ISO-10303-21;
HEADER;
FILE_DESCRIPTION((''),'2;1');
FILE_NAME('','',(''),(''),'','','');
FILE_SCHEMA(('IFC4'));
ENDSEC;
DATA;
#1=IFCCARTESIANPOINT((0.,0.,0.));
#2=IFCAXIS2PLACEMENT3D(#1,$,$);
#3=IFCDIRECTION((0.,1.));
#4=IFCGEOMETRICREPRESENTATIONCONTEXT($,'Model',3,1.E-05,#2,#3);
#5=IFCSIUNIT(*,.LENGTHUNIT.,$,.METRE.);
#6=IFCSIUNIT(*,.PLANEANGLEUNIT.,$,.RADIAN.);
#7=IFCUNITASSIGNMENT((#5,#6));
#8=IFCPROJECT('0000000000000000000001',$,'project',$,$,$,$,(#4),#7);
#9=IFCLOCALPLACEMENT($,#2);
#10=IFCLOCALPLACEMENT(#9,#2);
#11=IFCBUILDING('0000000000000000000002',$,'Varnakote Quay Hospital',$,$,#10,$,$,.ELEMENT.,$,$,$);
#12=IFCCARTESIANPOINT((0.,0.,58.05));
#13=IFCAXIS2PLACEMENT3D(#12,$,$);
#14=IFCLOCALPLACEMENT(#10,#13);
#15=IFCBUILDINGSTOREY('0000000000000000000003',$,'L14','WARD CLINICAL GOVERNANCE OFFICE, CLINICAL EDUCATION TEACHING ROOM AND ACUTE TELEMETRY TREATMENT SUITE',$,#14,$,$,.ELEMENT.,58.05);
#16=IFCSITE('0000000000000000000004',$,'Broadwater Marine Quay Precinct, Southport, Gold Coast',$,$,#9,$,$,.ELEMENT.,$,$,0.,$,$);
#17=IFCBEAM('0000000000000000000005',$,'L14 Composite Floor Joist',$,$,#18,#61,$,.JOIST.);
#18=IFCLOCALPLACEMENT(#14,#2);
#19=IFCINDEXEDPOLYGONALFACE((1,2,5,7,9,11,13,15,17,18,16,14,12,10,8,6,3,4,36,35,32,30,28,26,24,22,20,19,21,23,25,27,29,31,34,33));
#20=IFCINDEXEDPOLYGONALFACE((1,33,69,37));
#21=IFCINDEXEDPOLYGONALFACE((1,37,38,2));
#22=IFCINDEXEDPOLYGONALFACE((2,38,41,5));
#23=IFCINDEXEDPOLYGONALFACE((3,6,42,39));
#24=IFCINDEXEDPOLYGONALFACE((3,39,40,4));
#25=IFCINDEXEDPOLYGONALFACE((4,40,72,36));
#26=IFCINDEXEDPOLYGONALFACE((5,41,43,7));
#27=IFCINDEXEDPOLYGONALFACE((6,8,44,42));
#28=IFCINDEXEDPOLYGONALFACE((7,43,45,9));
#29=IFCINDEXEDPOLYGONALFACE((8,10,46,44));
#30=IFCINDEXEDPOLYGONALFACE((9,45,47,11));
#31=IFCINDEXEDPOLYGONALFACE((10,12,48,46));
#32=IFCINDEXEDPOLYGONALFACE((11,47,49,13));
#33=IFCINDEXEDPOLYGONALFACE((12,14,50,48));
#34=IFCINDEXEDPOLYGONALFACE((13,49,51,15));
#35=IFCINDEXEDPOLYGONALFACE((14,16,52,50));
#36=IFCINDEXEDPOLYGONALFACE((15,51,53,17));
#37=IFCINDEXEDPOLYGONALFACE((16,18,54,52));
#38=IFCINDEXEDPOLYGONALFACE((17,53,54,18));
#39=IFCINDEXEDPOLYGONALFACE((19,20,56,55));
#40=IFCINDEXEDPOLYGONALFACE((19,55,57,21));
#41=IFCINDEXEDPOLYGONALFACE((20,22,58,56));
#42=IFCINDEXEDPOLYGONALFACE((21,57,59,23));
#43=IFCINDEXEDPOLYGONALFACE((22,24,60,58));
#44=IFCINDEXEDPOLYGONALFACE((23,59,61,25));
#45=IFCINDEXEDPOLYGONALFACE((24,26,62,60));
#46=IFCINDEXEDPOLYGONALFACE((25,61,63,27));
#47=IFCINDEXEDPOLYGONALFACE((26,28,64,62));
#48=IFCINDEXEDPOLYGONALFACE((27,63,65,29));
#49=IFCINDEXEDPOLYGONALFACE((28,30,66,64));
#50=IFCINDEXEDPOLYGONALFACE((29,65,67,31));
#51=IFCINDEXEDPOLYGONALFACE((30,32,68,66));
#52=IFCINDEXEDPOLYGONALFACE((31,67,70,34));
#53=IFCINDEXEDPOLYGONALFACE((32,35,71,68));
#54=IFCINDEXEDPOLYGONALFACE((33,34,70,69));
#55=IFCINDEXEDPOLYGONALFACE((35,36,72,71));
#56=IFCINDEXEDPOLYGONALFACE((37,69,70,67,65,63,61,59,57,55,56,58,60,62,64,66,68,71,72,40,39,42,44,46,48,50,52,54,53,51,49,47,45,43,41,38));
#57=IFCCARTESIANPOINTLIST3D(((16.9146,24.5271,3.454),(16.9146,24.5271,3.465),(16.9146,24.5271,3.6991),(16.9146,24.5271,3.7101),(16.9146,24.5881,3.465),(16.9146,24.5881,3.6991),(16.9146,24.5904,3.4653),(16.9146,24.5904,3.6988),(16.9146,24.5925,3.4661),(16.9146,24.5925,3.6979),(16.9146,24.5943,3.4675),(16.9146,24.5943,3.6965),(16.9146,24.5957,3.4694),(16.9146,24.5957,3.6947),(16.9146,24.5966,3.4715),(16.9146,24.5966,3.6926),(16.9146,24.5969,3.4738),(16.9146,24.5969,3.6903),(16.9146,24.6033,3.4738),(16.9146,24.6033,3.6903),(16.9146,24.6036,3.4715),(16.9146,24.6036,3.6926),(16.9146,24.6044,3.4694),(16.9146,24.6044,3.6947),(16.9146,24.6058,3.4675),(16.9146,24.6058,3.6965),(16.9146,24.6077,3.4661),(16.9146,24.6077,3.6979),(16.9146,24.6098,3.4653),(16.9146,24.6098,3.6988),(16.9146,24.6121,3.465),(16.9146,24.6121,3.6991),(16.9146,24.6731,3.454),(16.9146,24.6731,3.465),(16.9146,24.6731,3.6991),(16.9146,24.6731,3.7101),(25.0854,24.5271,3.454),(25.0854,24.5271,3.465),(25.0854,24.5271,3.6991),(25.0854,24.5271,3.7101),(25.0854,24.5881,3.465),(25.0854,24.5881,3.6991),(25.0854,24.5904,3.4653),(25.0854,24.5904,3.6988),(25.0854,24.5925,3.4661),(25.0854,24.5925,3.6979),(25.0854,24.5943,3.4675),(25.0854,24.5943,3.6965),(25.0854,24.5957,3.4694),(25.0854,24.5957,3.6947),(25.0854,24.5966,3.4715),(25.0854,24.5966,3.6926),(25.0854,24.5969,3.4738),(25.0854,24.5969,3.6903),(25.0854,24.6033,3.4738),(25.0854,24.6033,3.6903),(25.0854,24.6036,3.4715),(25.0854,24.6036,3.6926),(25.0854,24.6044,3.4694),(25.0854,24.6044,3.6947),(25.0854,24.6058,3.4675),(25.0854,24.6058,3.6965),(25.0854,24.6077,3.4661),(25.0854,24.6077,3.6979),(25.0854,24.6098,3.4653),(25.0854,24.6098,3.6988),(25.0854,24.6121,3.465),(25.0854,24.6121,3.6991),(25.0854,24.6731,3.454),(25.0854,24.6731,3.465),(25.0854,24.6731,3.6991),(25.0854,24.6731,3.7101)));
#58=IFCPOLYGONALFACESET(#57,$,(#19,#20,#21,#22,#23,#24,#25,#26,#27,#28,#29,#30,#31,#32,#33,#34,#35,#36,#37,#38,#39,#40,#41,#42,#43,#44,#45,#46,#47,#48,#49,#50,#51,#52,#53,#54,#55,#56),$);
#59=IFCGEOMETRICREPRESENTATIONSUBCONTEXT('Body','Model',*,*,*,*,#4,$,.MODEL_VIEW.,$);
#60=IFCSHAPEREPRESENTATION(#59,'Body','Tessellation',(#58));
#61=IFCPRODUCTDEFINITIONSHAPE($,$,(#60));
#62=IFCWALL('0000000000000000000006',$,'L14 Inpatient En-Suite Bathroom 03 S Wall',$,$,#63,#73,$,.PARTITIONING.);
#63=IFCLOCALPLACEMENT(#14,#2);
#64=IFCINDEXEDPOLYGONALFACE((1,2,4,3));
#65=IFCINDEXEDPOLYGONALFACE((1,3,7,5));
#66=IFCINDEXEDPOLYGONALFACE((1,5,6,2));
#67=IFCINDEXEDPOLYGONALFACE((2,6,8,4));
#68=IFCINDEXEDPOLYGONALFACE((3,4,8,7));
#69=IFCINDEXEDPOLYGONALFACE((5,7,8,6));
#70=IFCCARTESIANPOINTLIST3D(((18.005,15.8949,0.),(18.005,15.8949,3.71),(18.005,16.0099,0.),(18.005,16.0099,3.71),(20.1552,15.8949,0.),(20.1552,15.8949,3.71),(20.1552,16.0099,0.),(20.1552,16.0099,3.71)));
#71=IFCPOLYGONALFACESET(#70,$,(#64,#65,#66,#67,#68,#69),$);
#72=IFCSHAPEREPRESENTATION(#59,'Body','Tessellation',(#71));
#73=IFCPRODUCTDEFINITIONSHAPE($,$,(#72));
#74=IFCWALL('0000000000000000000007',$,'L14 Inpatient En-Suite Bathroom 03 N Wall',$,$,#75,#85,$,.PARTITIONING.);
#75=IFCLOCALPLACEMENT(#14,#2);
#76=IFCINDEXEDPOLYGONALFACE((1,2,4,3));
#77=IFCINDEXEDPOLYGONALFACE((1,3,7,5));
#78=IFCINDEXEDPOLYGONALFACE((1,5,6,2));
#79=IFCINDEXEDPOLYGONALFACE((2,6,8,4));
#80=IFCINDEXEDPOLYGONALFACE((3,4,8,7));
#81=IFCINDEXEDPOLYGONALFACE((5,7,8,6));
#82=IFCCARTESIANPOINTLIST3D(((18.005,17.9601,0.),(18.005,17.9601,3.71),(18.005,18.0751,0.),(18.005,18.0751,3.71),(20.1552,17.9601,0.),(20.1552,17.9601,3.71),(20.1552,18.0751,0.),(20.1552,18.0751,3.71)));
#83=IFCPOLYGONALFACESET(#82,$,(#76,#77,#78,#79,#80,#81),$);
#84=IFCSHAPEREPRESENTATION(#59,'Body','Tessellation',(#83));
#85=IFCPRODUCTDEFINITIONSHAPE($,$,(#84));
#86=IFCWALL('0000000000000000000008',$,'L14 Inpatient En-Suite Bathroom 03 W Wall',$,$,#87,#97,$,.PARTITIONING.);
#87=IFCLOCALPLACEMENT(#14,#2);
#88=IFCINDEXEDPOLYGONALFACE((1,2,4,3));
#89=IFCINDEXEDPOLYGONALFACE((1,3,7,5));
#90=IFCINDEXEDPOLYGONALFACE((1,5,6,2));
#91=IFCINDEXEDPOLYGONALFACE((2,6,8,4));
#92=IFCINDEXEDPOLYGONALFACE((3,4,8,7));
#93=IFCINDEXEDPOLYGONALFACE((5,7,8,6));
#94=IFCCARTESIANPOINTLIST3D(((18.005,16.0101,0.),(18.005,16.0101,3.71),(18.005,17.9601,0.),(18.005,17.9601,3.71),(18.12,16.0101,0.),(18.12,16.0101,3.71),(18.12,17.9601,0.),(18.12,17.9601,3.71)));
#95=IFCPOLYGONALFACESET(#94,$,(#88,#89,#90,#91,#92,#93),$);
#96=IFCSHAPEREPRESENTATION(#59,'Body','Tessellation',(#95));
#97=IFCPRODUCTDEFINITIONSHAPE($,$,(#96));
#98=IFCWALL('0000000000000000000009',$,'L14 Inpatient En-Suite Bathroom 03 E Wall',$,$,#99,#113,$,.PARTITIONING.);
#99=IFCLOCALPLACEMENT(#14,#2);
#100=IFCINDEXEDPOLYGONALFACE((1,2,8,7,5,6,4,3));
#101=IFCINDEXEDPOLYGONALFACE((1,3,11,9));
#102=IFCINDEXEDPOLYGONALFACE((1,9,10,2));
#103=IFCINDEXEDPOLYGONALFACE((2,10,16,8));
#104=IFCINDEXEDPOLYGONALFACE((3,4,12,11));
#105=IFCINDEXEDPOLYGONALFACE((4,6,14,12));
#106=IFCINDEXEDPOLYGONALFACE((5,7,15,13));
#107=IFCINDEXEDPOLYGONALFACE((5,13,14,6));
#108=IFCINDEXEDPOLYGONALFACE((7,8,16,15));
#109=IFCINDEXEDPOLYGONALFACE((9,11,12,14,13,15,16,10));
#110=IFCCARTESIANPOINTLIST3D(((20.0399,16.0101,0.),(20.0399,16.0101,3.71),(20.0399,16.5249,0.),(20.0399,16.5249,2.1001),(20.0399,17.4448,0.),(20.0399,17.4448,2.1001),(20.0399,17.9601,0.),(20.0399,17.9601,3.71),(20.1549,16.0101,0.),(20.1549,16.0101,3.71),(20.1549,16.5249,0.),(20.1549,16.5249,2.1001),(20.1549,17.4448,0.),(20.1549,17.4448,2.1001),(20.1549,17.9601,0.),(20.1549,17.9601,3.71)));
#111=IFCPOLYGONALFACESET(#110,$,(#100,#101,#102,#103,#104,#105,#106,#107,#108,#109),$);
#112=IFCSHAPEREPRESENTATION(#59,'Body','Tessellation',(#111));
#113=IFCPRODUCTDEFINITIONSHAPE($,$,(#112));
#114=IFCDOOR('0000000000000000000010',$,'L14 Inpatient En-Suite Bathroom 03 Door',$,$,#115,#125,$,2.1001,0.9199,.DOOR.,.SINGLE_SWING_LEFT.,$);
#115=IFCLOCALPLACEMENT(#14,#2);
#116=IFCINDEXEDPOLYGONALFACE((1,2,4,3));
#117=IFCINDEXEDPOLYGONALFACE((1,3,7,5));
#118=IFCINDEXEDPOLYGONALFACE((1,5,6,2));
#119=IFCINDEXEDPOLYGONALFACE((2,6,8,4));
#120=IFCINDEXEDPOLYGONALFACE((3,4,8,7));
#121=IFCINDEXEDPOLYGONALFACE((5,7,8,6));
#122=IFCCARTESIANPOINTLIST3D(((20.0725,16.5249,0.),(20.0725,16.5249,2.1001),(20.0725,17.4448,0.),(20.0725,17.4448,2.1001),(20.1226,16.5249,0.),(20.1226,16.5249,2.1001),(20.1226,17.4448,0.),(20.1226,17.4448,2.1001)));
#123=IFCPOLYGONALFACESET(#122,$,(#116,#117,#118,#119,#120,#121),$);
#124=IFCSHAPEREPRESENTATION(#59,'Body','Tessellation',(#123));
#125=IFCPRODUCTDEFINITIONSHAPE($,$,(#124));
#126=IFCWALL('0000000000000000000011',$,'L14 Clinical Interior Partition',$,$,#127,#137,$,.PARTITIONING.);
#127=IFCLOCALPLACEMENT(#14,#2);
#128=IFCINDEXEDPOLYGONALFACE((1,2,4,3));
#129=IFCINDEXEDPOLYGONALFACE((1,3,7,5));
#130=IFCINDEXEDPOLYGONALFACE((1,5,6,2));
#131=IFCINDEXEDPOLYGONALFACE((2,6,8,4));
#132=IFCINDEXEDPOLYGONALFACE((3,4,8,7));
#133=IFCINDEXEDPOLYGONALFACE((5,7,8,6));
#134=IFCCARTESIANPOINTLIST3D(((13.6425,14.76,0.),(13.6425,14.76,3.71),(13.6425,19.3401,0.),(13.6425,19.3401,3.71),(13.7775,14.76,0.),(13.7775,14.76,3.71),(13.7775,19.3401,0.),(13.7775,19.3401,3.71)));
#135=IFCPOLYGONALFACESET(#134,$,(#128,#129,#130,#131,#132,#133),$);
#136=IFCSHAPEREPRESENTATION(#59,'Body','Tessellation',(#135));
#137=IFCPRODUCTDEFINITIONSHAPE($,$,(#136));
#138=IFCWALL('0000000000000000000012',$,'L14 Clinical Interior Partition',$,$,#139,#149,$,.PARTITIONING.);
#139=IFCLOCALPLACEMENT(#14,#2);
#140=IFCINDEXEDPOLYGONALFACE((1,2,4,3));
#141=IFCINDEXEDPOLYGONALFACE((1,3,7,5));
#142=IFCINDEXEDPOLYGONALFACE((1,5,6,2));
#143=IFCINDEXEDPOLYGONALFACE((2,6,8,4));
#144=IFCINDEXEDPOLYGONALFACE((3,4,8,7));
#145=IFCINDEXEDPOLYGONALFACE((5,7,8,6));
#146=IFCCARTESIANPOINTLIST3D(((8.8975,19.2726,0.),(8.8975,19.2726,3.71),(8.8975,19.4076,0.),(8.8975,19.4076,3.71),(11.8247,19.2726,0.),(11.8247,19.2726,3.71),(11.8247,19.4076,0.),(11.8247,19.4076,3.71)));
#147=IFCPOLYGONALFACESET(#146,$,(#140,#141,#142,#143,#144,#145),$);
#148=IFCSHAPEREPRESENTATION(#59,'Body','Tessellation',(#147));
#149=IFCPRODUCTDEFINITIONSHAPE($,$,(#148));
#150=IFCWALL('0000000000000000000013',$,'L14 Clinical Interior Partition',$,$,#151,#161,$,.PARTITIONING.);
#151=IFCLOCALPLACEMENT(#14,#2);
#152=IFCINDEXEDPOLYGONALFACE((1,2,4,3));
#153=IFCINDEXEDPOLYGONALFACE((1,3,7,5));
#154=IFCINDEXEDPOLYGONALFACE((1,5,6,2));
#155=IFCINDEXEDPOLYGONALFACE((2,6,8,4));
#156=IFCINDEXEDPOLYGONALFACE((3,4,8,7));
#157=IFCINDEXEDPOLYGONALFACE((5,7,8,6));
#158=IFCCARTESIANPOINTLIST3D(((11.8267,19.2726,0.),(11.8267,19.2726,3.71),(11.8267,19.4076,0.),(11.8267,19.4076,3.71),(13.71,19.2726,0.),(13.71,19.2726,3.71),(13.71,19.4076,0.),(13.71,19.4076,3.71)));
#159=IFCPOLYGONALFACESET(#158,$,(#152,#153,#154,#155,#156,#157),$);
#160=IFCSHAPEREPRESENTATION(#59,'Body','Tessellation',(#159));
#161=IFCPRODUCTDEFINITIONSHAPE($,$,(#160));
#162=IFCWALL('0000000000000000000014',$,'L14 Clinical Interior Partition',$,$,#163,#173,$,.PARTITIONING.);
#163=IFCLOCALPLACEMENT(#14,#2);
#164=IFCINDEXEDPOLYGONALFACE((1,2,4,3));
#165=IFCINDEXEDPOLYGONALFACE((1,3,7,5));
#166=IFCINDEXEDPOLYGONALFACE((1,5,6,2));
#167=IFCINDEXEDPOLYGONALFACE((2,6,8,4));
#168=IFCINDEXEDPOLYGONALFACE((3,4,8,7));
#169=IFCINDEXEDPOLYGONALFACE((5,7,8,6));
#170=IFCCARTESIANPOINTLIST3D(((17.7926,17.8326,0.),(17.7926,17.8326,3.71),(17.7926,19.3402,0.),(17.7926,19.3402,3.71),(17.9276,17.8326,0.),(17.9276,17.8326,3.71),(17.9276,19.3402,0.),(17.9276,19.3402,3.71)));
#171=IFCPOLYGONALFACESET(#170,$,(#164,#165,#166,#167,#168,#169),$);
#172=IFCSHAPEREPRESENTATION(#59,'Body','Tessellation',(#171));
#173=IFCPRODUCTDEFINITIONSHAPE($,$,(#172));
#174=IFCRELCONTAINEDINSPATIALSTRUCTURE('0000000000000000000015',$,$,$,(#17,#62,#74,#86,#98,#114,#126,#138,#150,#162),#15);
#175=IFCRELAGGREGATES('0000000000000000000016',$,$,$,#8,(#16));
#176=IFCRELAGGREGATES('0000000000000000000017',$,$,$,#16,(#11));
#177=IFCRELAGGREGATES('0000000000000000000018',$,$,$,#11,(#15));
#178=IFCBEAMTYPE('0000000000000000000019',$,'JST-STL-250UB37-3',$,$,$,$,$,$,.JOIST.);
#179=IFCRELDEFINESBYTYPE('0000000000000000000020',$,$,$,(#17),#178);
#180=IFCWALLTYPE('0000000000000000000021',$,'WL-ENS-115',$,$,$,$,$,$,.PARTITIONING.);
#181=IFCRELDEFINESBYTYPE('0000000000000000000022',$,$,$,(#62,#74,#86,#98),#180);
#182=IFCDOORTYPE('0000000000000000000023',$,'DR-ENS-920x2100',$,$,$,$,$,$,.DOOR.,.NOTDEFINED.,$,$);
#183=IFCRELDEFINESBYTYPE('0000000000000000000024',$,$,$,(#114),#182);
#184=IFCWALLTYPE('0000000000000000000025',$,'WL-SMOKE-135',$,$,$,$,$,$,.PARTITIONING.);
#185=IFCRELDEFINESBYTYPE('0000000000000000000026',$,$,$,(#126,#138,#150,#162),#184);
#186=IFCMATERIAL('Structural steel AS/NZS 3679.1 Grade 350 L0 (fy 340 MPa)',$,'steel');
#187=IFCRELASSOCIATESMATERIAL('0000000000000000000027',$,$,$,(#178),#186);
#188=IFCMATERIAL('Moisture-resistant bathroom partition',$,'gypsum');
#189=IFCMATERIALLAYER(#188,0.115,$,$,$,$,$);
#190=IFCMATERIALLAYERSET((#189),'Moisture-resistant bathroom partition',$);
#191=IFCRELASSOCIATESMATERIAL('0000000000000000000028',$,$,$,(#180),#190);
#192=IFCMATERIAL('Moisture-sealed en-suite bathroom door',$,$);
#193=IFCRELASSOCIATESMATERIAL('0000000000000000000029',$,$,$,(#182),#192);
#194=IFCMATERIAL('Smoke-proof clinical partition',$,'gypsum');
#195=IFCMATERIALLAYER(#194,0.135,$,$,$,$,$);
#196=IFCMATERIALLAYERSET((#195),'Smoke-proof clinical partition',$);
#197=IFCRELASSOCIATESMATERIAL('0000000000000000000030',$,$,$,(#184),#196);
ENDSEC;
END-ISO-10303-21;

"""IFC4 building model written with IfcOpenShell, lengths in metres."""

from ifc_helpers import new_model, si_unit, direction, frame, frame_2d, origin, origin_2d, place, context, subcontext, project, spatial, rectangle, i_section, extrude, material, layer, layer_set, material_profile, profile_set, type_object, element, fill, save


model = new_model("IFC4")

# Units and contexts
model_context = context("Model", 3, precision=1e-05, world=origin(), true_north=direction((0.0, 1.0)))
body_context = subcontext(model_context, "Body", "Model", "MODEL_VIEW")
ifc_project = project(units=[si_unit("LENGTHUNIT", "METRE"), si_unit("PLANEANGLEUNIT", "RADIAN")], contexts=[model_context])

# Site, building, storey
site_placement = place(None, origin())
site = spatial("IfcSite", under=ifc_project, at=site_placement, Name="Broadwater Marine Quay Precinct, Southport, Gold Coast", CompositionType="ELEMENT", RefElevation=0.0)
building_placement = place(site_placement, origin())
building = spatial("IfcBuilding", under=site, at=building_placement, Name="Varnakote Quay Hospital", CompositionType="ELEMENT")
storey_placement = place(building_placement, frame((0.0, 0.0, 58.05)))
storey = spatial("IfcBuildingStorey", under=building, at=storey_placement, Name="L14", Description="WARD CLINICAL GOVERNANCE OFFICE, CLINICAL EDUCATION TEACHING ROOM AND ACUTE TELEMETRY TREATMENT SUITE", CompositionType="ELEMENT", Elevation=58.05)

# Beam
ifc_material_1 = material(Name="Structural steel AS/NZS 3679.1 Grade 350 L0 (fy 340 MPa)", Category="steel")
ifc_material_profile_1 = material_profile(ifc_material_1, i_section(OverallWidth=0.146, OverallDepth=0.2561, WebThickness=0.0063, FlangeThickness=0.011, FilletRadius=0.0088, at=origin_2d()), Name="250UB37.3")
ifc_profile_set_1 = profile_set([ifc_material_profile_1], Name="Structural steel AS/NZS 3679.1 Grade 350 L0 (fy 340 MPa)")
beam_type_1 = type_object("IfcBeamType", Name="JST-STL-250UB37-3", PredefinedType="JOIST", material=ifc_profile_set_1)
beam_1_placement = place(storey_placement, frame((16.9146, 24.6001, 3.582), z_axis=(1.0, 0.0, 0.0), x_axis=(0.0, 1.0, 0.0)))
element("IfcBeam", 1, at=beam_1_placement, inside=storey, type_object=beam_type_1, Name="L14 Composite Floor Joist", PredefinedType="JOIST", context=body_context, shape_type="SweptSolid", body=[
    extrude(i_section(OverallWidth=0.146, OverallDepth=0.2561, WebThickness=0.0063, FlangeThickness=0.011, FilletRadius=0.0088, at=origin_2d()), origin(), (0.0, 0.0, 1.0), 8.1709),
])

# Walls
ifc_material_2 = material(Name="Moisture-resistant bathroom partition", Category="gypsum")
ifc_layer_1 = layer(ifc_material_2, 0.115)
ifc_layer_set_1 = layer_set([ifc_layer_1], Name="Moisture-resistant bathroom partition")
wall_type_1 = type_object("IfcWallType", Name="WL-ENS-115", PredefinedType="PARTITIONING", material=ifc_layer_set_1)
for number, where, z_axis, x_axis, name in (
    (2, (18.0049, 15.9524, 0.0), (0.0, 0.0, 1.0), (1.0, 0.0, 0.0), "L14 Inpatient En-Suite Bathroom 03 S Wall"),
    (3, (18.0049, 18.0176, 0.0), (0.0, 0.0, 1.0), (1.0, 0.0, 0.0), "L14 Inpatient En-Suite Bathroom 03 N Wall"),
):
    element("IfcWall", number, at=place(storey_placement, frame(where, z_axis=z_axis, x_axis=x_axis)), inside=storey, type_object=wall_type_1, Name=name, PredefinedType="PARTITIONING", context=body_context, shape_type="SweptSolid", body=[
        extrude(rectangle(XDim=2.1501, YDim=0.115, at=frame_2d((1.0752, 0.0))), origin(), (0.0, 0.0, 1.0), 3.71),
    ])
wall_1_placement = place(storey_placement, frame((18.0625, 16.01, 0.0), z_axis=(0.0, 0.0, 1.0), x_axis=(0.0, 1.0, 0.0)))
element("IfcWall", 4, at=wall_1_placement, inside=storey, type_object=wall_type_1, Name="L14 Inpatient En-Suite Bathroom 03 W Wall", PredefinedType="PARTITIONING", context=body_context, shape_type="SweptSolid", body=[
    extrude(rectangle(XDim=1.95, YDim=0.115, at=frame_2d((0.9751, 0.0))), origin(), (0.0, 0.0, 1.0), 3.71),
])

# Wall, opening, door
wall_2_placement = place(storey_placement, frame((20.0974, 16.01, 0.0), z_axis=(0.0, 0.0, 1.0), x_axis=(0.0, 1.0, 0.0)))
wall_2 = element("IfcWall", 5, at=wall_2_placement, inside=storey, type_object=wall_type_1, Name="L14 Inpatient En-Suite Bathroom 03 E Wall", PredefinedType="PARTITIONING", context=body_context, shape_type="SweptSolid", body=[
    extrude(rectangle(XDim=1.95, YDim=0.115, at=frame_2d((0.9751, 0.0))), origin(), (0.0, 0.0, 1.0), 3.71),
])
opening_1_placement = place(wall_2_placement, frame((0.5149, 0.0, 0.0)))
opening_1 = element("IfcOpeningElement", 6, at=opening_1_placement, cuts=wall_2, PredefinedType="OPENING", context=body_context, shape_type="SweptSolid", body=[
    extrude(rectangle(XDim=0.9199, YDim=2.1001, at=frame_2d((0.46, 1.05))), frame((0.0, 0.0674, 0.0), z_axis=(0.0, -1.0, 0.0), x_axis=(1.0, 0.0, 0.0)), (0.0, 0.0, 1.0), 0.135),
])
ifc_material_3 = material(Name="Moisture-sealed en-suite bathroom door")
door_type_1 = type_object("IfcDoorType", Name="DR-ENS-920x2100", OperationType="NOTDEFINED", PredefinedType="DOOR", material=ifc_material_3)
door_1_placement = place(opening_1_placement, origin())
door_1 = element("IfcDoor", 7, at=door_1_placement, inside=storey, type_object=door_type_1, Name="L14 Inpatient En-Suite Bathroom 03 Door", OperationType="SINGLE_SWING_LEFT", OverallHeight=2.1001, OverallWidth=0.9199, PredefinedType="DOOR", context=body_context, shape_type="SweptSolid", body=[
    extrude(rectangle(XDim=0.9199, YDim=2.1001, at=frame_2d((0.46, 1.05))), frame((0.0, 0.0249, 0.0), z_axis=(0.0, -1.0, 0.0), x_axis=(1.0, 0.0, 0.0)), (0.0, 0.0, 1.0), 0.05),
])
fill(opening_1, door_1)

# Walls
ifc_material_4 = material(Name="Smoke-proof clinical partition", Category="gypsum")
ifc_layer_2 = layer(ifc_material_4, 0.135)
ifc_layer_set_2 = layer_set([ifc_layer_2], Name="Smoke-proof clinical partition")
wall_type_2 = type_object("IfcWallType", Name="WL-SMOKE-135", PredefinedType="PARTITIONING", material=ifc_layer_set_2)
wall_3_placement = place(storey_placement, frame((13.71, 14.76, 0.0), z_axis=(0.0, 0.0, 1.0), x_axis=(0.0, 1.0, 0.0)))
element("IfcWall", 8, at=wall_3_placement, inside=storey, type_object=wall_type_2, Name="L14 Clinical Interior Partition", PredefinedType="PARTITIONING", context=body_context, shape_type="SweptSolid", body=[
    extrude(rectangle(XDim=4.5801, YDim=0.135, at=frame_2d((2.29, 0.0))), origin(), (0.0, 0.0, 1.0), 3.71),
])
wall_4_placement = place(storey_placement, frame((11.8247, 19.3401, 0.0), z_axis=(0.0, 0.0, 1.0), x_axis=(-1.0, 0.0, 0.0)))
element("IfcWall", 9, at=wall_4_placement, inside=storey, type_object=wall_type_2, Name="L14 Clinical Interior Partition", PredefinedType="PARTITIONING", context=body_context, shape_type="SweptSolid", body=[
    extrude(rectangle(XDim=2.9272, YDim=0.135, at=frame_2d((1.4636, 0.0))), origin(), (0.0, 0.0, 1.0), 3.71),
])
wall_5_placement = place(storey_placement, frame((13.71, 19.3401, 0.0), z_axis=(0.0, 0.0, 1.0), x_axis=(-1.0, 0.0, 0.0)))
element("IfcWall", 10, at=wall_5_placement, inside=storey, type_object=wall_type_2, Name="L14 Clinical Interior Partition", PredefinedType="PARTITIONING", context=body_context, shape_type="SweptSolid", body=[
    extrude(rectangle(XDim=1.8833, YDim=0.135, at=frame_2d((0.9417, 0.0))), origin(), (0.0, 0.0, 1.0), 3.71),
])
wall_6_placement = place(storey_placement, frame((17.8601, 17.8325, 0.0), z_axis=(0.0, 0.0, 1.0), x_axis=(0.0, 1.0, 0.0)))
element("IfcWall", 11, at=wall_6_placement, inside=storey, type_object=wall_type_2, Name="L14 Clinical Interior Partition", PredefinedType="PARTITIONING", context=body_context, shape_type="SweptSolid", body=[
    extrude(rectangle(XDim=1.5076, YDim=0.135, at=frame_2d((0.7539, 0.0))), origin(), (0.0, 0.0, 1.0), 3.71),
])

save(model, "model.ifc")
